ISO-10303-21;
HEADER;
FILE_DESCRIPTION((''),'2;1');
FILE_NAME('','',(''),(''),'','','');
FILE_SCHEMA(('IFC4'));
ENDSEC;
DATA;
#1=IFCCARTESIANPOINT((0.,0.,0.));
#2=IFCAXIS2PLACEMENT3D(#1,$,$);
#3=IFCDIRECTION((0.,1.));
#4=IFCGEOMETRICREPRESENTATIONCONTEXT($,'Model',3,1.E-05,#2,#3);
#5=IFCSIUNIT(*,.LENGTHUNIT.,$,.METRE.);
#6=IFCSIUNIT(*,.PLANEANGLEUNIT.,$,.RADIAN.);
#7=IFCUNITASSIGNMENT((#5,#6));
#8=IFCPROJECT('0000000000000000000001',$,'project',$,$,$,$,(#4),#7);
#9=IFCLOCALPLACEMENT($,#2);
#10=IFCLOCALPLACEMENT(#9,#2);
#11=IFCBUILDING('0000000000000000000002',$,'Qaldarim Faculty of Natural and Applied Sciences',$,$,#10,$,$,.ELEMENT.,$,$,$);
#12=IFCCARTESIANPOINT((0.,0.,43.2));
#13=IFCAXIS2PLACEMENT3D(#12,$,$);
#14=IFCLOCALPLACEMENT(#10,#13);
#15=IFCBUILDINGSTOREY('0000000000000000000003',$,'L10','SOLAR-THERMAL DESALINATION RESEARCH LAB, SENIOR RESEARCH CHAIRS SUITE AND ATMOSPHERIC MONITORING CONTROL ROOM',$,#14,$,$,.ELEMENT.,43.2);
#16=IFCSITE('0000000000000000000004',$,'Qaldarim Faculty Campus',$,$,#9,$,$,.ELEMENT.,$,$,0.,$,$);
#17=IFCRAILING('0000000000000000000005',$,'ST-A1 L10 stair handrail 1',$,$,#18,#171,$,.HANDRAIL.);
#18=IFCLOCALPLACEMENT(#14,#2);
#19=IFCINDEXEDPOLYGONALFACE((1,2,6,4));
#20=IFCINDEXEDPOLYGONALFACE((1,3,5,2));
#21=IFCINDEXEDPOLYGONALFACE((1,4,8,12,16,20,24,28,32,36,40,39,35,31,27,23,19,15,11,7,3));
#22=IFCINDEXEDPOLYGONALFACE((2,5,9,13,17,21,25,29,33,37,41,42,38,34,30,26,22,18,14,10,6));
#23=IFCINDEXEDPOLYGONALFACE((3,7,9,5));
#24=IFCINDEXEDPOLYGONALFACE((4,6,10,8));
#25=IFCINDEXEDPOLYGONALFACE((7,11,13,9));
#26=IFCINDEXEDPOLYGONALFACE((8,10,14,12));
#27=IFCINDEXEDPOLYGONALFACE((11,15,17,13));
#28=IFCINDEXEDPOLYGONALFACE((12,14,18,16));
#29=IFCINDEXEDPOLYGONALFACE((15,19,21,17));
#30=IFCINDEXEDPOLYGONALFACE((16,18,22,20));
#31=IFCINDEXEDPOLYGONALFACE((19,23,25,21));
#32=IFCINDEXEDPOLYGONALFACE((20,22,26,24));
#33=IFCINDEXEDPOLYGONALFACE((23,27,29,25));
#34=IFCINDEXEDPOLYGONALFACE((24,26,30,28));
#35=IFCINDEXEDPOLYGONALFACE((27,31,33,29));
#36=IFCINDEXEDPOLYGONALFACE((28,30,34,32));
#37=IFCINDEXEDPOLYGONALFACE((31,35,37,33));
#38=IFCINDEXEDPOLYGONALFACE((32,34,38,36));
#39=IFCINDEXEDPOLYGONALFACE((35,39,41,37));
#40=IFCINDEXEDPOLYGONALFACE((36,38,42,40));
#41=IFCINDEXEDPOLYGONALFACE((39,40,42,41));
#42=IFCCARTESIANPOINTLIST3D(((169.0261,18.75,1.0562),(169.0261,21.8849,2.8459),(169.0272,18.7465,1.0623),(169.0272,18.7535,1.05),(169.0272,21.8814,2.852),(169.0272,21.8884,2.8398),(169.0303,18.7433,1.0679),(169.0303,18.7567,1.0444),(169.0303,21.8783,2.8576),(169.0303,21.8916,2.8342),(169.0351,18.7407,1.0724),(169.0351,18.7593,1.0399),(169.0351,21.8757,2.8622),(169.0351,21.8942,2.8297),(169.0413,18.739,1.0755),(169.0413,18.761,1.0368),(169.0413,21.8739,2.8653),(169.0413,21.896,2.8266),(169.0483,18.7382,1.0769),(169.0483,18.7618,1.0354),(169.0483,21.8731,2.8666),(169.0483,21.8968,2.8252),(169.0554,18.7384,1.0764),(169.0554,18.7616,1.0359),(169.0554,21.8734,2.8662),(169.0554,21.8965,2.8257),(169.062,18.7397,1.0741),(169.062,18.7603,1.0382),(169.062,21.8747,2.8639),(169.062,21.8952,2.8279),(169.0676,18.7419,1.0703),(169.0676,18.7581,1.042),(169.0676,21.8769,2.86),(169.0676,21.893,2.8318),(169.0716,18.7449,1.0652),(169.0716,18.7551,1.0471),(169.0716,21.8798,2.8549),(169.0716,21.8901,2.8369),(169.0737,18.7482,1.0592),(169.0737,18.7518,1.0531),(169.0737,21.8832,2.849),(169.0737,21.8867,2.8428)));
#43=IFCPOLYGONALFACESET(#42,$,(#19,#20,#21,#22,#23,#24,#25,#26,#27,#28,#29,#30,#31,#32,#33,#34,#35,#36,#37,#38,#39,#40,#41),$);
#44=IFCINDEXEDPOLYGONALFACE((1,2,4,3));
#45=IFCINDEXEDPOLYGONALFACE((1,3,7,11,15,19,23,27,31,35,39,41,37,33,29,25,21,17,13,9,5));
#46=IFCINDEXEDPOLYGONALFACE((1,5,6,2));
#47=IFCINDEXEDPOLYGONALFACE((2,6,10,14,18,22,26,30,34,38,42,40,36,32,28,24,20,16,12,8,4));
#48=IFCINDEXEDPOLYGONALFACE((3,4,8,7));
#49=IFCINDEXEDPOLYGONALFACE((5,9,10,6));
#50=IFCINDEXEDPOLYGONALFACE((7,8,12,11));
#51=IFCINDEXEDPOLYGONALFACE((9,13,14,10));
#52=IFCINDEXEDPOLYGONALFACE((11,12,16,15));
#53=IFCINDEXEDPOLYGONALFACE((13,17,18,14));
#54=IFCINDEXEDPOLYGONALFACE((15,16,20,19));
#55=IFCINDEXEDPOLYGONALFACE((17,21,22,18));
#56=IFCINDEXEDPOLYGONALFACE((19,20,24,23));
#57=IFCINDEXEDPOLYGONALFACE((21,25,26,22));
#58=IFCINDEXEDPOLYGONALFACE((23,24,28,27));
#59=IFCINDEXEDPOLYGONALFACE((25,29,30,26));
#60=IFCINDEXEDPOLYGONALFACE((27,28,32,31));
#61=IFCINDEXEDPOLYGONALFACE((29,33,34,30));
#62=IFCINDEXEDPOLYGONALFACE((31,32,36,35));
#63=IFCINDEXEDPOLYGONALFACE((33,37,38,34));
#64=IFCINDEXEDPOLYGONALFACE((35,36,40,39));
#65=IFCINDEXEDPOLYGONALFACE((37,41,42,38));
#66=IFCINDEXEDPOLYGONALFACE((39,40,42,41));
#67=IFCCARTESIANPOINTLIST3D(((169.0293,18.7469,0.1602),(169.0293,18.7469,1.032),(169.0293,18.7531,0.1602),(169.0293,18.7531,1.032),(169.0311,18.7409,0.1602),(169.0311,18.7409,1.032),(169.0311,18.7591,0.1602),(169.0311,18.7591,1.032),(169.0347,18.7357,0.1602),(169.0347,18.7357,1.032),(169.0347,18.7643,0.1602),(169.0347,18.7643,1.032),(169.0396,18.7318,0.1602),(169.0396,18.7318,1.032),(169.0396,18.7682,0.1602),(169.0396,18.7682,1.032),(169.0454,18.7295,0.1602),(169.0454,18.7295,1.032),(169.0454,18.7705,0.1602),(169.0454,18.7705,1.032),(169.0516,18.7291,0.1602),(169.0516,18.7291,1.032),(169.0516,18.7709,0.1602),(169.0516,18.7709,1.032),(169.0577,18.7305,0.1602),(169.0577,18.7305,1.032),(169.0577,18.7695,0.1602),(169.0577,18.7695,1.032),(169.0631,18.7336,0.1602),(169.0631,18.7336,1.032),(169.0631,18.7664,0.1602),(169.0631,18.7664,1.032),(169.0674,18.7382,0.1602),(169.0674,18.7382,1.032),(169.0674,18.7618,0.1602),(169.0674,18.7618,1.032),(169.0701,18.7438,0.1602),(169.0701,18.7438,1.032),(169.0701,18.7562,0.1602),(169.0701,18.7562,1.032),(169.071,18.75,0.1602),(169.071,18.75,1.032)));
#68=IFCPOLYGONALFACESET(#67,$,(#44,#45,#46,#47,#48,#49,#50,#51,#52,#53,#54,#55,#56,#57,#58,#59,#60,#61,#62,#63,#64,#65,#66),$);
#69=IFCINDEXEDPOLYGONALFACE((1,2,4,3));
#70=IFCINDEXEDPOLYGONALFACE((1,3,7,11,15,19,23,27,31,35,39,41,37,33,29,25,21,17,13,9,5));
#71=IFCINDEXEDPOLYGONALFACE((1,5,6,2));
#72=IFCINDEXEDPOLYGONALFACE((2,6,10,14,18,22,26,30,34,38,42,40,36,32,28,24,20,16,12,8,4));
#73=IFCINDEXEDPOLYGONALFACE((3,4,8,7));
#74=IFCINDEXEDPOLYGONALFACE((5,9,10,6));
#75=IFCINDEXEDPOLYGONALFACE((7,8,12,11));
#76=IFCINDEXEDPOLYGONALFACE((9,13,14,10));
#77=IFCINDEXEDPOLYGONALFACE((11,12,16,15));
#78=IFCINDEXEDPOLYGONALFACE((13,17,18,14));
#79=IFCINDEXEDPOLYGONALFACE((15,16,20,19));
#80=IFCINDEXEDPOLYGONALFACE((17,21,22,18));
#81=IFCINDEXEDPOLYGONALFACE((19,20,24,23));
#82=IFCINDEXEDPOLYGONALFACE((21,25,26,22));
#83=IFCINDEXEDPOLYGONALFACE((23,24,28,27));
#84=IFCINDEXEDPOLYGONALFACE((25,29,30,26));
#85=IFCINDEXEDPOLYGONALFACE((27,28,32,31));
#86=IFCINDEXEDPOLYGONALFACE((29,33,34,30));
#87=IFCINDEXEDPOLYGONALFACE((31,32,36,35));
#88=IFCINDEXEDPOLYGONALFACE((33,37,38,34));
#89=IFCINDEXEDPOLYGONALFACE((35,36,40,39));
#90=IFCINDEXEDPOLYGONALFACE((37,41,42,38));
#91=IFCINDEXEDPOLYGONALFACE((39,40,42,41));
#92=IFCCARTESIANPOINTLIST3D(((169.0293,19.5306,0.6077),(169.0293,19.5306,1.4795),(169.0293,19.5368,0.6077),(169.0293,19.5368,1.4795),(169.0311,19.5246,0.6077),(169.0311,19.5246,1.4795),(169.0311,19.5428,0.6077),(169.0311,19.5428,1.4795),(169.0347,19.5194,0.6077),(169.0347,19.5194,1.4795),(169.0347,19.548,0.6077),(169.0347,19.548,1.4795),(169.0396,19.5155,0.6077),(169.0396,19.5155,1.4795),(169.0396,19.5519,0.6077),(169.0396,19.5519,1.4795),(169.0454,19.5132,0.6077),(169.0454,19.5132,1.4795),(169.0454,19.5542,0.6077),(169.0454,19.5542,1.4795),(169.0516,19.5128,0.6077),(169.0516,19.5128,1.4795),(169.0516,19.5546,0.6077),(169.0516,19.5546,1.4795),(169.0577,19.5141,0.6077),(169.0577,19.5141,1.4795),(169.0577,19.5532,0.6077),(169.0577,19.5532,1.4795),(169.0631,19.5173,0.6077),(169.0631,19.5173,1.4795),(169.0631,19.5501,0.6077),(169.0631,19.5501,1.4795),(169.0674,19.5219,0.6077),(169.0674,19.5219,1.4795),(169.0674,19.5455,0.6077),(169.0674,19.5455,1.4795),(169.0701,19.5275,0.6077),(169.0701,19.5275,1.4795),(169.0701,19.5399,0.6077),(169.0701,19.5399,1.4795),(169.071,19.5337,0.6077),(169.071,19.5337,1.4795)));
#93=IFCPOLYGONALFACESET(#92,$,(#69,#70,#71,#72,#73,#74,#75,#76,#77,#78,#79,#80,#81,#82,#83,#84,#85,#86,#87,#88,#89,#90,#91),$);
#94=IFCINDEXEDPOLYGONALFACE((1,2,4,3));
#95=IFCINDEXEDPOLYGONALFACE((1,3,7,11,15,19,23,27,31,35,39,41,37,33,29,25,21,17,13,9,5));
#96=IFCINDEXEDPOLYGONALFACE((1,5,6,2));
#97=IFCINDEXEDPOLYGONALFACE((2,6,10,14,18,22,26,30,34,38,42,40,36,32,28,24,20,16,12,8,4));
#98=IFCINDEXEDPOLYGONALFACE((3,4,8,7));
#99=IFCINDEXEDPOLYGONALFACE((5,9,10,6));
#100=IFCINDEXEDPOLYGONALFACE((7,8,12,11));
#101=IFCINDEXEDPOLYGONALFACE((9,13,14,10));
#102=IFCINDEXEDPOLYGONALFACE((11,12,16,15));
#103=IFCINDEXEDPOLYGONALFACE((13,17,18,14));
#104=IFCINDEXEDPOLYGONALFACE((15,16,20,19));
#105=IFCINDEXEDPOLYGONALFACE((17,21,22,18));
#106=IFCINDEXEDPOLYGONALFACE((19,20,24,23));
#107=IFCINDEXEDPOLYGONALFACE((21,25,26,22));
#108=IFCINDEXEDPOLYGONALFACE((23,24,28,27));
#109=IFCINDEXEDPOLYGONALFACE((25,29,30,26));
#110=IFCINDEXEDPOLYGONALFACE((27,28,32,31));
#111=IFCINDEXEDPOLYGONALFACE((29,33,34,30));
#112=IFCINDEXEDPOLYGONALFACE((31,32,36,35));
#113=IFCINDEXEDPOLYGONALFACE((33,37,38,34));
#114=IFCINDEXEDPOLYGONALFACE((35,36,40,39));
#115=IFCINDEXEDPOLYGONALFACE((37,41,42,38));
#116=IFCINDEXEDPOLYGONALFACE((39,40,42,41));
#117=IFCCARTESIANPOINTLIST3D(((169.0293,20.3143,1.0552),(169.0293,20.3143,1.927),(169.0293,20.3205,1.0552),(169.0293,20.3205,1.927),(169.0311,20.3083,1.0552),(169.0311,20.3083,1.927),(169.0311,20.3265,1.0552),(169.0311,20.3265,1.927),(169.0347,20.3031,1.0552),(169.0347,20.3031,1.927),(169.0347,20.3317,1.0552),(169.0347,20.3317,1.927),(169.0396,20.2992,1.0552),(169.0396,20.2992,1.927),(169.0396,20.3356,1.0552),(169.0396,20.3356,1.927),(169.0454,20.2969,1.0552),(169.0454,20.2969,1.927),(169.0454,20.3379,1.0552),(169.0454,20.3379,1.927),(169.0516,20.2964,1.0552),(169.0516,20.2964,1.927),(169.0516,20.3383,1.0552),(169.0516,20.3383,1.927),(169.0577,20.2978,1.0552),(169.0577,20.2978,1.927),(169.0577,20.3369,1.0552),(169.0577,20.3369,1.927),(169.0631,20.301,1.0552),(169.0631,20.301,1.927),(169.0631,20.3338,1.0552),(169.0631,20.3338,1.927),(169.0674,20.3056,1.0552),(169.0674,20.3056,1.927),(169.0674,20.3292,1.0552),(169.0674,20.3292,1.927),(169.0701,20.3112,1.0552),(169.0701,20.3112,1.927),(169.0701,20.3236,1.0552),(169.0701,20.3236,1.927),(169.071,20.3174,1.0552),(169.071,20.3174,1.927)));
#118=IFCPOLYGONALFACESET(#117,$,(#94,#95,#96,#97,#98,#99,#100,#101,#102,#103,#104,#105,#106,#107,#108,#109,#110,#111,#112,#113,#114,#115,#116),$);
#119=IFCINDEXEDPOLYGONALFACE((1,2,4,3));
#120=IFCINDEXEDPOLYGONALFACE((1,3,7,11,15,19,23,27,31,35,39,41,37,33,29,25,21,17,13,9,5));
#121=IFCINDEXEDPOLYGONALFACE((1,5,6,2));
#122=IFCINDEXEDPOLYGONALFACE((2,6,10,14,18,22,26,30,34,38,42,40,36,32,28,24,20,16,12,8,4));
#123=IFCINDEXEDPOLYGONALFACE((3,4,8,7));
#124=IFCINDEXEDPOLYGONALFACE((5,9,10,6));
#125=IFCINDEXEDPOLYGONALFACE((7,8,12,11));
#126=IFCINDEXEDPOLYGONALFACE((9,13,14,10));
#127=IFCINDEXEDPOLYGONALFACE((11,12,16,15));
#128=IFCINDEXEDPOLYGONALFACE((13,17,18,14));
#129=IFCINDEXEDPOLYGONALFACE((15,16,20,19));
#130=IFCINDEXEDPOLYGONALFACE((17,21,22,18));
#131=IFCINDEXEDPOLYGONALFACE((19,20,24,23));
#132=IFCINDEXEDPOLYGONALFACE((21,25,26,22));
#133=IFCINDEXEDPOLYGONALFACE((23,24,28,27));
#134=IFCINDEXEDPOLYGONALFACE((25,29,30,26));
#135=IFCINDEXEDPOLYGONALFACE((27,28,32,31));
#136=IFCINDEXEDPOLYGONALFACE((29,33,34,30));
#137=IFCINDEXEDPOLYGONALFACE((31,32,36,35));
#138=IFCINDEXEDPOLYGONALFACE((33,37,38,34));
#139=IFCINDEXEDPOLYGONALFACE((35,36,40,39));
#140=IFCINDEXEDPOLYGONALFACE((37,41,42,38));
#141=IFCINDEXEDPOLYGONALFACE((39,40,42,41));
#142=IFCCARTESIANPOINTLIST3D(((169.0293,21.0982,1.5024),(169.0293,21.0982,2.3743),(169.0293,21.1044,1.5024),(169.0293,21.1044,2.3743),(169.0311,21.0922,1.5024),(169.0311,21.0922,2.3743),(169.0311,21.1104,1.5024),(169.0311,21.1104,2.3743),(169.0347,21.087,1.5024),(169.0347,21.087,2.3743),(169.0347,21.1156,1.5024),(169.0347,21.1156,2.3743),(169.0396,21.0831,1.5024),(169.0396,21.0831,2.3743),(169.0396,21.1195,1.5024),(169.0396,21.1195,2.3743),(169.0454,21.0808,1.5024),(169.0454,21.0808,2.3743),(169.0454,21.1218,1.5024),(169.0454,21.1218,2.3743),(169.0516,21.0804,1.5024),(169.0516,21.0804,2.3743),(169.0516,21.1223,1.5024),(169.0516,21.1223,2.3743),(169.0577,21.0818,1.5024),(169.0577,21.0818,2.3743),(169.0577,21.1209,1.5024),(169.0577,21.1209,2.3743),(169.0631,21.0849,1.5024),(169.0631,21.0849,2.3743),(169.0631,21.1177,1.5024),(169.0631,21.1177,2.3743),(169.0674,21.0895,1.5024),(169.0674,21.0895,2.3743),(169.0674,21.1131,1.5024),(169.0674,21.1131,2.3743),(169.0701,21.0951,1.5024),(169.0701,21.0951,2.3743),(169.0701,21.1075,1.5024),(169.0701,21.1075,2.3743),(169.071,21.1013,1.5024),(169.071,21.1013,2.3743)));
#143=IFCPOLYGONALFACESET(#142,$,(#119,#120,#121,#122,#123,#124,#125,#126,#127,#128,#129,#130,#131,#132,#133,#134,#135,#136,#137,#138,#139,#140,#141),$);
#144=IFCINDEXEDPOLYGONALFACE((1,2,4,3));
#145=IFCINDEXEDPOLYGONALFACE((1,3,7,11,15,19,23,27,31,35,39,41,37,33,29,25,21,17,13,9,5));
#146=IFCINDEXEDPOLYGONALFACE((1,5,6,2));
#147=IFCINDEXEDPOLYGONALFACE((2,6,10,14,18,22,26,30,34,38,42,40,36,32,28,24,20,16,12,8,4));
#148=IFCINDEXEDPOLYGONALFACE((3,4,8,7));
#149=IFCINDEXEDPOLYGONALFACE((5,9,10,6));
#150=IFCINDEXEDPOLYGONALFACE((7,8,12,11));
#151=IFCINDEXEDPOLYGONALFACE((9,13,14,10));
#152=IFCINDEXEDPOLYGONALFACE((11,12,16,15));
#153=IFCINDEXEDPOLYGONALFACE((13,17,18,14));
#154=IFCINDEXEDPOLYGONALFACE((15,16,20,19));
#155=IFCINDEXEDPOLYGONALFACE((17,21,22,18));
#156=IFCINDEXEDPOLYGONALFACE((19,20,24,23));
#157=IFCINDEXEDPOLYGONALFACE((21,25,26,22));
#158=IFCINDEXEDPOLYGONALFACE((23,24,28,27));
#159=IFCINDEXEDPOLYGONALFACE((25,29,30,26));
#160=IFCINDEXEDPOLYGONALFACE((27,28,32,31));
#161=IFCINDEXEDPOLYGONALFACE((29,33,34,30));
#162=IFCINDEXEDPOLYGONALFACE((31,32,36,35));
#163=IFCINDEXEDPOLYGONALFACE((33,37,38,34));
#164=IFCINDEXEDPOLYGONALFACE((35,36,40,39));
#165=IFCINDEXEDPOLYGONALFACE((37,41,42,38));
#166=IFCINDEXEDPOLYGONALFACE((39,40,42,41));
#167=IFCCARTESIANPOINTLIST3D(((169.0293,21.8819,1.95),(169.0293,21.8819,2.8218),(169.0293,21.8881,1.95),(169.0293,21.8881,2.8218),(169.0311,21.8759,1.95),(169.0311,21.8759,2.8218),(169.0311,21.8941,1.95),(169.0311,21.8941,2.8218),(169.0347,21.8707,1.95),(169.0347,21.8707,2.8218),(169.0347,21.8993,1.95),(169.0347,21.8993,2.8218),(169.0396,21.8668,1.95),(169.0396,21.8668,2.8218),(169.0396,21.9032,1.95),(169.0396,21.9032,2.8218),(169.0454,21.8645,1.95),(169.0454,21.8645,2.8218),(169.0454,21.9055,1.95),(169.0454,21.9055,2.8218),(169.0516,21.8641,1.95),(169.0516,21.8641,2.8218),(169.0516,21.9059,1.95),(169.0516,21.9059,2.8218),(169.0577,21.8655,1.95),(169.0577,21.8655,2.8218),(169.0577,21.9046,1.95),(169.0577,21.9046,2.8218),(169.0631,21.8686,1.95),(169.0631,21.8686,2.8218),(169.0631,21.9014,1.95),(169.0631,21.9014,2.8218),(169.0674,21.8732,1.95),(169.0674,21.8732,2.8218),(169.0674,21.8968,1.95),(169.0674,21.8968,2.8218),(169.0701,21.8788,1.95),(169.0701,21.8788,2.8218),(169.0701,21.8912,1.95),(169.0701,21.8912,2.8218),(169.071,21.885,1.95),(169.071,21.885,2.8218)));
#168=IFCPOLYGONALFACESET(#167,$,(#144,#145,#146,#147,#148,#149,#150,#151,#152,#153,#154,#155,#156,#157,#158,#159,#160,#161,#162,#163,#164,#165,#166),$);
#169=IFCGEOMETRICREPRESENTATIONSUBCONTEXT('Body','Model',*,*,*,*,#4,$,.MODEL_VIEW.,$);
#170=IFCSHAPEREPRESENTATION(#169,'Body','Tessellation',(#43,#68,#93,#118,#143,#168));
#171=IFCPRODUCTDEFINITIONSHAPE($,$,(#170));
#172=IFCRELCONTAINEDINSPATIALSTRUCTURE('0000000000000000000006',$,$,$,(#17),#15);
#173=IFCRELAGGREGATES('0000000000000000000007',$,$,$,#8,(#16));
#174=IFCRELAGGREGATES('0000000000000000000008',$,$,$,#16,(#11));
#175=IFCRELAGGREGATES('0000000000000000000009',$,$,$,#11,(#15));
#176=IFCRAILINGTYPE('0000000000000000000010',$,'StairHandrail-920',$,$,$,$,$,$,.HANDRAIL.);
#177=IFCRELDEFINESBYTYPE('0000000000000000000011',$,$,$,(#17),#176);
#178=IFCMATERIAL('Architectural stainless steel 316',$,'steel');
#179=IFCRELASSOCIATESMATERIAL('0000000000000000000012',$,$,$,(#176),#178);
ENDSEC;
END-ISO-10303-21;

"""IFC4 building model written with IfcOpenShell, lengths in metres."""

from ifc_helpers import new_model, si_unit, direction, frame, origin, origin_2d, place, context, subcontext, project, spatial, circle, extrude, material, type_object, element, save


model = new_model("IFC4")

# Units and contexts
model_context = context("Model", 3, precision=1e-05, world=origin(), true_north=direction((0.0, 1.0)))
body_context = subcontext(model_context, "Body", "Model", "MODEL_VIEW")
ifc_project = project(units=[si_unit("LENGTHUNIT", "METRE"), si_unit("PLANEANGLEUNIT", "RADIAN")], contexts=[model_context])

# Site, building, storey
site_placement = place(None, origin())
site = spatial("IfcSite", under=ifc_project, at=site_placement, Name="Qaldarim Faculty Campus", CompositionType="ELEMENT", RefElevation=0.0)
building_placement = place(site_placement, origin())
building = spatial("IfcBuilding", under=site, at=building_placement, Name="Qaldarim Faculty of Natural and Applied Sciences", CompositionType="ELEMENT")
storey_placement = place(building_placement, frame((0.0, 0.0, 43.2)))
storey = spatial("IfcBuildingStorey", under=building, at=storey_placement, Name="L10", Description="SOLAR-THERMAL DESALINATION RESEARCH LAB, SENIOR RESEARCH CHAIRS SUITE AND ATMOSPHERIC MONITORING CONTROL ROOM", CompositionType="ELEMENT", Elevation=43.2)

# Shared definitions
ifc_material_1 = material(Name="Architectural stainless steel 316", Category="steel")

# Railing
railing_type_1 = type_object("IfcRailingType", Name="StairHandrail-920", PredefinedType="HANDRAIL", material=ifc_material_1)
railing_1_placement = place(storey_placement, frame((169.05, 18.75, 0.1602)))
element("IfcRailing", 1, at=railing_1_placement, inside=storey, type_object=railing_type_1, Name="ST-A1 L10 stair handrail 1", PredefinedType="HANDRAIL", context=body_context, shape_type="SweptSolid", body=[
    extrude(circle(Radius=0.0239, at=origin_2d()), frame((0.0, 0.0, 0.896), z_axis=(0.0, 0.868439, 0.495797), x_axis=(-1.0, 0.0, 0.0)), (0.0, 0.0, 1.0), 3.6099),
    extrude(circle(Radius=0.021, at=origin_2d()), origin(), (0.0, 0.0, 1.0), 0.8718),
    extrude(circle(Radius=0.021, at=origin_2d()), frame((0.0, 0.7837, 0.4475)), (0.0, 0.0, 1.0), 0.8718),
    extrude(circle(Radius=0.021, at=origin_2d()), frame((0.0, 1.5674, 0.895)), (0.0, 0.0, 1.0), 0.8718),
    extrude(circle(Radius=0.021, at=origin_2d()), frame((0.0, 2.3513, 1.3423)), (0.0, 0.0, 1.0), 0.8718),
    extrude(circle(Radius=0.021, at=origin_2d()), frame((0.0, 3.135, 1.7898)), (0.0, 0.0, 1.0), 0.8718),
])

save(model, "model.ifc")
